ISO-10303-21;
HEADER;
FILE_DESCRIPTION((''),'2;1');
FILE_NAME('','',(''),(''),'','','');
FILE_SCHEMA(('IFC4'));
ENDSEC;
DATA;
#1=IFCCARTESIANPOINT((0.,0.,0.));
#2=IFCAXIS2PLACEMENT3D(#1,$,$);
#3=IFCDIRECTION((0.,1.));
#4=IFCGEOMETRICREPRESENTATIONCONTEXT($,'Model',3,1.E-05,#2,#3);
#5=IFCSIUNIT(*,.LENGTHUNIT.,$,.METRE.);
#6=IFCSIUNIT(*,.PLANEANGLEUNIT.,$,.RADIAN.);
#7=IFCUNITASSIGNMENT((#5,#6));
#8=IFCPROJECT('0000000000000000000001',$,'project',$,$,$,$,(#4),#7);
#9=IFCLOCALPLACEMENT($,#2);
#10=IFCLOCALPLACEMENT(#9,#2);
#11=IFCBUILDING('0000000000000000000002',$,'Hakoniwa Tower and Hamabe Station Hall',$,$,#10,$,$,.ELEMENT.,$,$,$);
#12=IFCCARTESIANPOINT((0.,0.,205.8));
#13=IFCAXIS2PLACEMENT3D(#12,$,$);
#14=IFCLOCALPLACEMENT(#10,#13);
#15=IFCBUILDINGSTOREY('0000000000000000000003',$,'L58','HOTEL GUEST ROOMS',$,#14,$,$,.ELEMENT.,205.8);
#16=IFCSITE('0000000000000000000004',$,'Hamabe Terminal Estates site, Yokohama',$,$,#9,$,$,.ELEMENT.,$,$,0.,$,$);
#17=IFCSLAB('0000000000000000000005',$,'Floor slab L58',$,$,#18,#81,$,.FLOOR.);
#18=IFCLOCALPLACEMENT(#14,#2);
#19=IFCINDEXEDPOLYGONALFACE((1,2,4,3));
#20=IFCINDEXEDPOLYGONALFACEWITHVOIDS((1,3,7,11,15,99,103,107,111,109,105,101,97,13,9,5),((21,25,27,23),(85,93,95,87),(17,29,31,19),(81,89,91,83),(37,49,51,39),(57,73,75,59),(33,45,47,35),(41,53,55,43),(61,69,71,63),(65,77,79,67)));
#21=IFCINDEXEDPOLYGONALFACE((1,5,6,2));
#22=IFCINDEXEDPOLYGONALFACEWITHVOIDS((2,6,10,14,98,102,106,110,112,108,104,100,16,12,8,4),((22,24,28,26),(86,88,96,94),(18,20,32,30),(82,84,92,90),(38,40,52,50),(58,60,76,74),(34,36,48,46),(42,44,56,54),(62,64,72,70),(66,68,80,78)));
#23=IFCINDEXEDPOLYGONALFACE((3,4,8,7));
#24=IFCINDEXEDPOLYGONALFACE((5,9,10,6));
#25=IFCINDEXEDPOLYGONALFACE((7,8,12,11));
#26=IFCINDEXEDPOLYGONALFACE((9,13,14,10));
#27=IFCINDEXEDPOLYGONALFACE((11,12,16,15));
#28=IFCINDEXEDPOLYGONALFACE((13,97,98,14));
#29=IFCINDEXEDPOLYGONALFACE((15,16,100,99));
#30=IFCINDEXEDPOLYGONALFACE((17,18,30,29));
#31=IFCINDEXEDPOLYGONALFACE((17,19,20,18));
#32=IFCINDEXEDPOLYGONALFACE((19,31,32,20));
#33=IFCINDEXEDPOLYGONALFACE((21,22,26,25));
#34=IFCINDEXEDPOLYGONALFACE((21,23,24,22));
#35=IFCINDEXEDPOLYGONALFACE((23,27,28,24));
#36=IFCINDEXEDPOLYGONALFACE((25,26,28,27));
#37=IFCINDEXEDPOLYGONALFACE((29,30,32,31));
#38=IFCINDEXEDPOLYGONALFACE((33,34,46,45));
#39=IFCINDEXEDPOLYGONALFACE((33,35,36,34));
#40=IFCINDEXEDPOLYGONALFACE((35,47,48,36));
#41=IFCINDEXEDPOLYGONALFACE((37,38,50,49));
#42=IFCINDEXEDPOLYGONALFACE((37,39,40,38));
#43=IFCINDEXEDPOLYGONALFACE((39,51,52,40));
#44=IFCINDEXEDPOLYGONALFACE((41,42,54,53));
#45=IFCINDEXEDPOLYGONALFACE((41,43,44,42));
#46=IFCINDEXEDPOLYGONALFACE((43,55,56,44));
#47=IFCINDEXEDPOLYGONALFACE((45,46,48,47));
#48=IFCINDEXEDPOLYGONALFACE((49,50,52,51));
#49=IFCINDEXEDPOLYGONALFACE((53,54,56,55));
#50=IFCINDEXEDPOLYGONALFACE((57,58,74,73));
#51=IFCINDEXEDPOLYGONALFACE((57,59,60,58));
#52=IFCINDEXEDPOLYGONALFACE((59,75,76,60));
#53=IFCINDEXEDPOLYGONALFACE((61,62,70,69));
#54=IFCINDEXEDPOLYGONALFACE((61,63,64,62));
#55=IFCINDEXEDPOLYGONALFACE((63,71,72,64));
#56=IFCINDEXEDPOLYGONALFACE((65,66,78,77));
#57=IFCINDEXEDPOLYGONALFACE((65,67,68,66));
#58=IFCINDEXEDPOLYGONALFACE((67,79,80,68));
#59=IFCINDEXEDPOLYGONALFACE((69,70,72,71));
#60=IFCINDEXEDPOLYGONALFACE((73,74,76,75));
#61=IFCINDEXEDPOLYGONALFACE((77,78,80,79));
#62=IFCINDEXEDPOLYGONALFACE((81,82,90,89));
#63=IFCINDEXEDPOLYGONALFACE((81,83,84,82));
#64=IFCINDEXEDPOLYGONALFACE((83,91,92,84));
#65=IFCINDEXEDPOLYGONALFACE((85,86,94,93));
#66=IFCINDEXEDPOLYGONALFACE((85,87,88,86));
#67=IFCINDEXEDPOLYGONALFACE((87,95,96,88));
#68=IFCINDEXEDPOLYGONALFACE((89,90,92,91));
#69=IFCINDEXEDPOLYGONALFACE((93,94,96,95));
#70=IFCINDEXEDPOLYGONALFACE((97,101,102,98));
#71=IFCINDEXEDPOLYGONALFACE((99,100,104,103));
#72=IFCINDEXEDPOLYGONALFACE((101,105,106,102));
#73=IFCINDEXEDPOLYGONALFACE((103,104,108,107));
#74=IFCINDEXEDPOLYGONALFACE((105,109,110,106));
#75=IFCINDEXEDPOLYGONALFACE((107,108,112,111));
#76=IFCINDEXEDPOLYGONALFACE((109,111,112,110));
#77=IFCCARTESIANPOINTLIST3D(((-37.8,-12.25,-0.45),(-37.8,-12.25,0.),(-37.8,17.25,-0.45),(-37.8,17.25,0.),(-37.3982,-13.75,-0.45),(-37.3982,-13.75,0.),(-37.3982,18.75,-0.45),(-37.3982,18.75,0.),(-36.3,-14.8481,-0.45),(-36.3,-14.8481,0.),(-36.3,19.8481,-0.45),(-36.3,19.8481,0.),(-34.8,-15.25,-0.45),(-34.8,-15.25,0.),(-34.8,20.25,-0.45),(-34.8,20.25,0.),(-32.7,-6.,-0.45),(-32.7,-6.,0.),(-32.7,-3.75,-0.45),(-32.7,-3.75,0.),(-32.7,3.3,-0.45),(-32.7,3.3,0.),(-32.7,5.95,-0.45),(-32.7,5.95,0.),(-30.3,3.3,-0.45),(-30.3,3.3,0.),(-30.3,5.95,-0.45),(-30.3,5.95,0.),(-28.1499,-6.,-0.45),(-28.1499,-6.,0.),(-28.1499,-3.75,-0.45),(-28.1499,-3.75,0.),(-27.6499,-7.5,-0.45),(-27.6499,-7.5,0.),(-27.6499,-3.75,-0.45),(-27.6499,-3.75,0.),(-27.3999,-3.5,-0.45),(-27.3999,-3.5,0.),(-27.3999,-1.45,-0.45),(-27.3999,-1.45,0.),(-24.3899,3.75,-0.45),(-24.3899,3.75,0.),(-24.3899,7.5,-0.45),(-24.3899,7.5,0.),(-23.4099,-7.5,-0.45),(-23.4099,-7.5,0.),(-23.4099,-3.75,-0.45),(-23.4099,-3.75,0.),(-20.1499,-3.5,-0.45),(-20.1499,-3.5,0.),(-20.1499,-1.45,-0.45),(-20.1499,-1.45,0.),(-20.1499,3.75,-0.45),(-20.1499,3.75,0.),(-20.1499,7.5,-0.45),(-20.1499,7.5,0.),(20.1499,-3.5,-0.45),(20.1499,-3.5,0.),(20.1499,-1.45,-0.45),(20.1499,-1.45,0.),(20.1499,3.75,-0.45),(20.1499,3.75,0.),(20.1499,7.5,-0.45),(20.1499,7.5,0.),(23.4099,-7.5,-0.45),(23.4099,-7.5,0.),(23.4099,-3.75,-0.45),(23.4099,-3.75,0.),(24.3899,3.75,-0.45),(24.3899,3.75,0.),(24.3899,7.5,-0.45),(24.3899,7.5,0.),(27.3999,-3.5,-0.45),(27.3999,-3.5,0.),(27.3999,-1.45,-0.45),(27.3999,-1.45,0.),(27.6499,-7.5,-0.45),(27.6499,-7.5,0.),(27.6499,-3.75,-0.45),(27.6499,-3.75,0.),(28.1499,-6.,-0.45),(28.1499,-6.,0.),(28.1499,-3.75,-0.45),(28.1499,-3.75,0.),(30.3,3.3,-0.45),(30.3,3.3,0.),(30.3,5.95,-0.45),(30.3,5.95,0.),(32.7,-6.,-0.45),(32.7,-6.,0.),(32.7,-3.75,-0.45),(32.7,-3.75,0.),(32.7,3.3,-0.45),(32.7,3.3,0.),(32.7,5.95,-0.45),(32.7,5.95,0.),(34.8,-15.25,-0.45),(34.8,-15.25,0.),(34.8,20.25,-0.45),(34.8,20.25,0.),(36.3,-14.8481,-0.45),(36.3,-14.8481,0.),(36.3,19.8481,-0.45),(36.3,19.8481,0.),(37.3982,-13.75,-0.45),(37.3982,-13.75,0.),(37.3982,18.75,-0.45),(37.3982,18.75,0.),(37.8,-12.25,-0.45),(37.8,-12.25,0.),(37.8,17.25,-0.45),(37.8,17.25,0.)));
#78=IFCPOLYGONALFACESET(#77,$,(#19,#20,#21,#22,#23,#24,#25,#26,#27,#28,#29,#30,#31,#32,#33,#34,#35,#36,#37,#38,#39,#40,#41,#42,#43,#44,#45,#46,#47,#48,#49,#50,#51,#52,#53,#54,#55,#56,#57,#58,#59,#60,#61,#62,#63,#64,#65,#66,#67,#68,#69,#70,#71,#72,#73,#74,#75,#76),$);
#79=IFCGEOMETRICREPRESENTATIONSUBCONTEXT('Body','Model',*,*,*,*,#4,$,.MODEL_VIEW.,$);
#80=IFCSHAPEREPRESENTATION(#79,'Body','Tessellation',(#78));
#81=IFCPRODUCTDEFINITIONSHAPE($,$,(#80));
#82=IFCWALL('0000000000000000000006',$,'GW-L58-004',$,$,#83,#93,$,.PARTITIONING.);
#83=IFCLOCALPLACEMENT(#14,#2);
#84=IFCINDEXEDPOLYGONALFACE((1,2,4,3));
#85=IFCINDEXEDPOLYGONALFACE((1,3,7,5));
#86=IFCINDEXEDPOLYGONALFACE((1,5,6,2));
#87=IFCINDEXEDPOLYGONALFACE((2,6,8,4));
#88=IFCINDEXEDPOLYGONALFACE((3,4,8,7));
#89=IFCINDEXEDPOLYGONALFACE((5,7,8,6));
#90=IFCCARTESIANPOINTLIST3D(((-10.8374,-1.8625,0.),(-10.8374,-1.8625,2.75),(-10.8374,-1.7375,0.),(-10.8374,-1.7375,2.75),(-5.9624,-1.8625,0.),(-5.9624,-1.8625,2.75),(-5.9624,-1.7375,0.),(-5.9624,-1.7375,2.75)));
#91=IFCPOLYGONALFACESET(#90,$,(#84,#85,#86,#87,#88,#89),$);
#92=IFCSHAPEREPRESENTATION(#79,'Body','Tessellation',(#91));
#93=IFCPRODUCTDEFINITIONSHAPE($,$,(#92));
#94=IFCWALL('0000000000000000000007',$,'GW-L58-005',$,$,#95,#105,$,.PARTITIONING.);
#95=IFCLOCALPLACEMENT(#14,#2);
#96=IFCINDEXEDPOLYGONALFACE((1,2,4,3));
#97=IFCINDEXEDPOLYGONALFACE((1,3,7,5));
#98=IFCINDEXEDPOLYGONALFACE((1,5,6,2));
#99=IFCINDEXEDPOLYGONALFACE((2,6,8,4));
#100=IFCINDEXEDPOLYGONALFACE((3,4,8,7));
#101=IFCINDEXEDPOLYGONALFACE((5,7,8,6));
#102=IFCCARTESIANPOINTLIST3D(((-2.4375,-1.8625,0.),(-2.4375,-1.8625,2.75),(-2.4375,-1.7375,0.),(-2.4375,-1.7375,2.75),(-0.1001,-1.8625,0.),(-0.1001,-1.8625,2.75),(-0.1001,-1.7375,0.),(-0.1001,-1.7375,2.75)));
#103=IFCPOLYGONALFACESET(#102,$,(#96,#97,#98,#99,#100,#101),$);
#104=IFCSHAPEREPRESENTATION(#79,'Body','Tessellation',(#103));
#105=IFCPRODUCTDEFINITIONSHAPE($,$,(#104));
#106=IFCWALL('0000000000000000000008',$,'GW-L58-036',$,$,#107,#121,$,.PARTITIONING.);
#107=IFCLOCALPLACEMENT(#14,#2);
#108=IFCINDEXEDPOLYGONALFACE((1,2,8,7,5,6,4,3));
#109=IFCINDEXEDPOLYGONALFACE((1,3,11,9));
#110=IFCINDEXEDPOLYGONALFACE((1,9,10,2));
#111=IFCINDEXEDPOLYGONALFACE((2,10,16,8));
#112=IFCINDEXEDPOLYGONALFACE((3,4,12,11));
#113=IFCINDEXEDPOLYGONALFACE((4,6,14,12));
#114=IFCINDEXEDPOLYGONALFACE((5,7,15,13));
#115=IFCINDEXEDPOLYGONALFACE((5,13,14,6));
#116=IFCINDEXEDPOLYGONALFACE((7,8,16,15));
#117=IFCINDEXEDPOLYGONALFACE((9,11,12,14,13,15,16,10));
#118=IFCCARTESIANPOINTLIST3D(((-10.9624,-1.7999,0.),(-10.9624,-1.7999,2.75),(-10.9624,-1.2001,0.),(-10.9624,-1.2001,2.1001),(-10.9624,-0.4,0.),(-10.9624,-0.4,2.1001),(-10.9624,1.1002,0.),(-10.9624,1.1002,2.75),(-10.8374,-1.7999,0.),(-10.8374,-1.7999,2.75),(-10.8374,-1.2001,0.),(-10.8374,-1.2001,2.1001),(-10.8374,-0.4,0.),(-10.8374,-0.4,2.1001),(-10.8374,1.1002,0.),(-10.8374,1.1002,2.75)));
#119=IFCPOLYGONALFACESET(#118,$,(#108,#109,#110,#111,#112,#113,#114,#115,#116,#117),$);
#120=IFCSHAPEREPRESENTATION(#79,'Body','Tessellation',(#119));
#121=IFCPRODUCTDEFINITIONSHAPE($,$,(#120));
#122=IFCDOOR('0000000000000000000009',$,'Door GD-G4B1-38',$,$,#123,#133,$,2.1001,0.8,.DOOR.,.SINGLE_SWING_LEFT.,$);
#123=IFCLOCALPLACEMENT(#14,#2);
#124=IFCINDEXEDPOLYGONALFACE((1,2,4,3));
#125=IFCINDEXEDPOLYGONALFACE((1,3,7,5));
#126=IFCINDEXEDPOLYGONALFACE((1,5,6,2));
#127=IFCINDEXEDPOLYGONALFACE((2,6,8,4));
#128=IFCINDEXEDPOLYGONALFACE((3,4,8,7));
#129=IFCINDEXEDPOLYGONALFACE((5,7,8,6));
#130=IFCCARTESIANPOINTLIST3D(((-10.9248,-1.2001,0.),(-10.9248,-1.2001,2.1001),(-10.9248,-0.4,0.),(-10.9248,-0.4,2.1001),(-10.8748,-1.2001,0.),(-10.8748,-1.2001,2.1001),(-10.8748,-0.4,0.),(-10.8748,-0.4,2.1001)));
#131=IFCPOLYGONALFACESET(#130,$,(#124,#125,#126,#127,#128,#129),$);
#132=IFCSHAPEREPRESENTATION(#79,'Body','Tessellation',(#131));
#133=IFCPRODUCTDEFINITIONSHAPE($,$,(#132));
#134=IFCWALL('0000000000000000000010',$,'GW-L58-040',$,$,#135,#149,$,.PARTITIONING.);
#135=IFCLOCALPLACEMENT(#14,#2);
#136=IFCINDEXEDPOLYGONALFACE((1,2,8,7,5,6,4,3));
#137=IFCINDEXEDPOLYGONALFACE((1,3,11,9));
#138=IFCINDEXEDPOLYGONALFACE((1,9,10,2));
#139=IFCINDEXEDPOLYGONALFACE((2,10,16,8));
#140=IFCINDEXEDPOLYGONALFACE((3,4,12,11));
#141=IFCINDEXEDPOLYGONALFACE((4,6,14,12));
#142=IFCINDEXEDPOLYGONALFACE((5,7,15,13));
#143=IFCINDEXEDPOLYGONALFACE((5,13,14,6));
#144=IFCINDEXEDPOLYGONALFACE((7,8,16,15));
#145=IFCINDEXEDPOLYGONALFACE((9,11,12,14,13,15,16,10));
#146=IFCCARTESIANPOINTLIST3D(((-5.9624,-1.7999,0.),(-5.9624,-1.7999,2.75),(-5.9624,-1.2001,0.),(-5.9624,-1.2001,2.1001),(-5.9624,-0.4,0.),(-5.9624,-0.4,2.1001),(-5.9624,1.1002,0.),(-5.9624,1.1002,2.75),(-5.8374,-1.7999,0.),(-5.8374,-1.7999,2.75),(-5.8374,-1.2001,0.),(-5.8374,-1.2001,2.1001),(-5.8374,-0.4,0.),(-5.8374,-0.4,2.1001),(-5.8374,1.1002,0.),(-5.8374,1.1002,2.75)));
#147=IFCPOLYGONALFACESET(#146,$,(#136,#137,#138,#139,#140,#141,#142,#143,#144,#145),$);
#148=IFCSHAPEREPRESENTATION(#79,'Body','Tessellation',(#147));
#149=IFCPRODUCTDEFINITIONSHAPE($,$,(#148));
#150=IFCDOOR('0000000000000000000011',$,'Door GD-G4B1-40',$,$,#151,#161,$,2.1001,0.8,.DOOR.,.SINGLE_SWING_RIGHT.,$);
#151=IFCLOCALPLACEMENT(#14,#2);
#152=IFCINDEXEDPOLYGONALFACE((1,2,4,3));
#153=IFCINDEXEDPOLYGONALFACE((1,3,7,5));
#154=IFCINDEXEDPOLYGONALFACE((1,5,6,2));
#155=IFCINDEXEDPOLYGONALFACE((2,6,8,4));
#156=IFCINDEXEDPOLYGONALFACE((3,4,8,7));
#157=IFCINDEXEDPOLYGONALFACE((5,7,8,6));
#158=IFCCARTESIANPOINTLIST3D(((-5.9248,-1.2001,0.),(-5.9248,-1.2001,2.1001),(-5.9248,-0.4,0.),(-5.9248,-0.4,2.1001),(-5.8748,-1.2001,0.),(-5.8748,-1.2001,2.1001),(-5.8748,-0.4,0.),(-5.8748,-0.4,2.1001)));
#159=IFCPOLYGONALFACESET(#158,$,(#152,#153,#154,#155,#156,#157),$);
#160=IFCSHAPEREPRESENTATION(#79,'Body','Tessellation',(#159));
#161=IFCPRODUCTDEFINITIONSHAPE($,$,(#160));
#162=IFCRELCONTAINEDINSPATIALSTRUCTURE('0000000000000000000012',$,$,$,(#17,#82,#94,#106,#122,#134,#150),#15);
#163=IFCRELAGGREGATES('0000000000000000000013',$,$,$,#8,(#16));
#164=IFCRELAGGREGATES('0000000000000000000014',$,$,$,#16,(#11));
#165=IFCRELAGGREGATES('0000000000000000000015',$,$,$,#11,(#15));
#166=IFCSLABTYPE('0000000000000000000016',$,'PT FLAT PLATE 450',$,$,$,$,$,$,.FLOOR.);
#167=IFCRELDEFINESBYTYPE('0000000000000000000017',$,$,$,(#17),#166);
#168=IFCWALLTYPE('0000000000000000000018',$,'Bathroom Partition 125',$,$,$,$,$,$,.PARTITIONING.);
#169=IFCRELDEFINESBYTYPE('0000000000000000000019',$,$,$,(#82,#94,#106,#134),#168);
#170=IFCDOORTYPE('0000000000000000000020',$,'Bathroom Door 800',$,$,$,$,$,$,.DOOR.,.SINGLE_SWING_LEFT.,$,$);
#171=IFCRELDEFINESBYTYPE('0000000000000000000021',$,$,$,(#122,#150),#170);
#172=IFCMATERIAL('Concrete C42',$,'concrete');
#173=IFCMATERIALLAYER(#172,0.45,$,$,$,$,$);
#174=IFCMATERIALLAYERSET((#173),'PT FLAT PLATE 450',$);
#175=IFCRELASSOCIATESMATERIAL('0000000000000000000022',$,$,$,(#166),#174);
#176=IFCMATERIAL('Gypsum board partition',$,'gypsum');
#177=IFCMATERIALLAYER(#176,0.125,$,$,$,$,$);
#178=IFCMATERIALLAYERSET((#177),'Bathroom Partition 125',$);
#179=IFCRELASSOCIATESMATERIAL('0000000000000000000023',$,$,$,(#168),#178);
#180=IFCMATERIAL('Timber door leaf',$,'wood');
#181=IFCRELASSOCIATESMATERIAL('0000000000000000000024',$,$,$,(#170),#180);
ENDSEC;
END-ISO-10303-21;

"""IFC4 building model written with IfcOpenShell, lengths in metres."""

from ifc_helpers import new_model, si_unit, direction, frame, frame_2d, origin, place, context, subcontext, project, spatial, polyline, rectangle, outline, extrude, material, layer, layer_set, type_object, element, fill, save


model = new_model("IFC4")

# Units and contexts
model_context = context("Model", 3, precision=1e-05, world=origin(), true_north=direction((0.0, 1.0)))
body_context = subcontext(model_context, "Body", "Model", "MODEL_VIEW")
ifc_project = project(units=[si_unit("LENGTHUNIT", "METRE"), si_unit("PLANEANGLEUNIT", "RADIAN")], contexts=[model_context])

# Site, building, storey
site_placement = place(None, origin())
site = spatial("IfcSite", under=ifc_project, at=site_placement, Name="Hamabe Terminal Estates site, Yokohama", CompositionType="ELEMENT", RefElevation=0.0)
building_placement = place(site_placement, origin())
building = spatial("IfcBuilding", under=site, at=building_placement, Name="Hakoniwa Tower and Hamabe Station Hall", CompositionType="ELEMENT")
storey_placement = place(building_placement, frame((0.0, 0.0, 205.8)))
storey = spatial("IfcBuildingStorey", under=building, at=storey_placement, Name="L58", Description="HOTEL GUEST ROOMS", CompositionType="ELEMENT", Elevation=205.8)

# Slab
ifc_material_1 = material(Name="Concrete C42", Category="concrete")
ifc_layer_1 = layer(ifc_material_1, 0.45)
ifc_layer_set_1 = layer_set([ifc_layer_1], Name="PT FLAT PLATE 450")
slab_type = type_object("IfcSlabType", Name="PT FLAT PLATE 450", PredefinedType="FLOOR", material=ifc_layer_set_1)
slab_placement = place(storey_placement, frame((0.0, 0.0, -0.45)))
element("IfcSlab", 1, at=slab_placement, inside=storey, type_object=slab_type, Name="Floor slab L58", PredefinedType="FLOOR", context=body_context, shape_type="SweptSolid", body=[
    extrude(outline(polyline([(37.8, -12.25), (37.8, 17.25), (37.3982, 18.75), (36.3, 19.8481), (34.8, 20.25), (-34.8, 20.25), (-36.3, 19.8481), (-37.3982, 18.75), (-37.8, 17.25), (-37.8, -12.25), (-37.3982, -13.75), (-36.3, -14.8481), (-34.8, -15.25), (34.8, -15.25), (36.3, -14.8481), (37.3982, -13.75), (37.8, -12.25)]), holes=[polyline([(-27.3999, -3.5), (-27.3999, -1.45), (-20.1499, -1.45), (-20.1499, -3.5), (-27.3999, -3.5)]), polyline([(-32.7, 3.3), (-32.7, 5.95), (-30.3, 5.95), (-30.3, 3.3), (-32.7, 3.3)]), polyline([(-32.7, -6.0), (-32.7, -3.75), (-28.1499, -3.75), (-28.1499, -6.0), (-32.7, -6.0)]), polyline([(-24.3899, 3.75), (-24.3899, 7.5), (-20.1499, 7.5), (-20.1499, 3.75), (-24.3899, 3.75)]), polyline([(-27.6499, -7.5), (-27.6499, -3.75), (-23.4099, -3.75), (-23.4099, -7.5), (-27.6499, -7.5)]), polyline([(20.1499, -3.5), (20.1499, -1.45), (27.3999, -1.45), (27.3999, -3.5), (20.1499, -3.5)]), polyline([(30.3, 3.3), (30.3, 5.95), (32.7, 5.95), (32.7, 3.3), (30.3, 3.3)]), polyline([(28.1499, -6.0), (28.1499, -3.75), (32.7, -3.75), (32.7, -6.0), (28.1499, -6.0)]), polyline([(20.1499, 3.75), (20.1499, 7.5), (24.3899, 7.5), (24.3899, 3.75), (20.1499, 3.75)]), polyline([(23.4099, -7.5), (23.4099, -3.75), (27.6499, -3.75), (27.6499, -7.5), (23.4099, -7.5)])]), origin(), (0.0, 0.0, 1.0), 0.45),
])

# Walls
ifc_material_2 = material(Name="Gypsum board partition", Category="gypsum")
ifc_layer_2 = layer(ifc_material_2, 0.125)
ifc_layer_set_2 = layer_set([ifc_layer_2], Name="Bathroom Partition 125")
wall_type_1 = type_object("IfcWallType", Name="Bathroom Partition 125", PredefinedType="PARTITIONING", material=ifc_layer_set_2)
wall_1_placement = place(storey_placement, frame((-10.8374, -1.8, 0.0), z_axis=(0.0, 0.0, 1.0), x_axis=(1.0, 0.0, 0.0)))
element("IfcWall", 2, at=wall_1_placement, inside=storey, type_object=wall_type_1, Name="GW-L58-004", PredefinedType="PARTITIONING", context=body_context, shape_type="SweptSolid", body=[
    extrude(rectangle(XDim=4.875, YDim=0.125, at=frame_2d((2.4375, 0.0))), origin(), (0.0, 0.0, 1.0), 2.75),
])
wall_2_placement = place(storey_placement, frame((-2.4375, -1.8, 0.0), z_axis=(0.0, 0.0, 1.0), x_axis=(1.0, 0.0, 0.0)))
element("IfcWall", 3, at=wall_2_placement, inside=storey, type_object=wall_type_1, Name="GW-L58-005", PredefinedType="PARTITIONING", context=body_context, shape_type="SweptSolid", body=[
    extrude(rectangle(XDim=2.3374, YDim=0.125, at=frame_2d((1.1687, 0.0))), origin(), (0.0, 0.0, 1.0), 2.75),
])

# Walls, openings, doors
wall_3_placement = place(storey_placement, frame((-10.8999, -1.8, 0.0), z_axis=(0.0, 0.0, 1.0), x_axis=(0.0, 1.0, 0.0)))
wall_3 = element("IfcWall", 4, at=wall_3_placement, inside=storey, type_object=wall_type_1, Name="GW-L58-036", PredefinedType="PARTITIONING", context=body_context, shape_type="SweptSolid", body=[
    extrude(rectangle(XDim=2.9001, YDim=0.125, at=frame_2d((1.4502, 0.0))), origin(), (0.0, 0.0, 1.0), 2.75),
])
opening_1_placement = place(wall_3_placement, frame((0.6001, 0.0, 0.0)))
opening_1 = element("IfcOpeningElement", 5, at=opening_1_placement, cuts=wall_3, PredefinedType="OPENING", context=body_context, shape_type="SweptSolid", body=[
    extrude(rectangle(XDim=0.8, YDim=2.1001, at=frame_2d((0.3999, 1.05))), frame((0.0, 0.0725, 0.0), z_axis=(0.0, -1.0, 0.0), x_axis=(1.0, 0.0, 0.0)), (0.0, 0.0, 1.0), 0.145),
])
ifc_material_3 = material(Name="Timber door leaf", Category="wood")
door_type_1 = type_object("IfcDoorType", Name="Bathroom Door 800", OperationType="SINGLE_SWING_LEFT", PredefinedType="DOOR", material=ifc_material_3)
door_1_placement = place(opening_1_placement, origin())
door_1 = element("IfcDoor", 6, at=door_1_placement, inside=storey, type_object=door_type_1, Name="Door GD-G4B1-38", OperationType="SINGLE_SWING_LEFT", OverallHeight=2.1001, OverallWidth=0.8, PredefinedType="DOOR", context=body_context, shape_type="SweptSolid", body=[
    extrude(rectangle(XDim=0.8, YDim=2.1001, at=frame_2d((0.3999, 1.05))), frame((0.0, 0.0249, 0.0), z_axis=(0.0, -1.0, 0.0), x_axis=(1.0, 0.0, 0.0)), (0.0, 0.0, 1.0), 0.05),
])
fill(opening_1, door_1)
wall_4_placement = place(storey_placement, frame((-5.8999, -1.8, 0.0), z_axis=(0.0, 0.0, 1.0), x_axis=(0.0, 1.0, 0.0)))
wall_4 = element("IfcWall", 7, at=wall_4_placement, inside=storey, type_object=wall_type_1, Name="GW-L58-040", PredefinedType="PARTITIONING", context=body_context, shape_type="SweptSolid", body=[
    extrude(rectangle(XDim=2.9001, YDim=0.125, at=frame_2d((1.4502, 0.0))), origin(), (0.0, 0.0, 1.0), 2.75),
])
opening_2_placement = place(wall_4_placement, frame((0.6001, 0.0, 0.0)))
opening_2 = element("IfcOpeningElement", 8, at=opening_2_placement, cuts=wall_4, PredefinedType="OPENING", context=body_context, shape_type="SweptSolid", body=[
    extrude(rectangle(XDim=0.8, YDim=2.1001, at=frame_2d((0.3999, 1.05))), frame((0.0, 0.0725, 0.0), z_axis=(0.0, -1.0, 0.0), x_axis=(1.0, 0.0, 0.0)), (0.0, 0.0, 1.0), 0.145),
])
door_2_placement = place(opening_2_placement, origin())
door_2 = element("IfcDoor", 9, at=door_2_placement, inside=storey, type_object=door_type_1, Name="Door GD-G4B1-40", OperationType="SINGLE_SWING_RIGHT", OverallHeight=2.1001, OverallWidth=0.8, PredefinedType="DOOR", context=body_context, shape_type="SweptSolid", body=[
    extrude(rectangle(XDim=0.8, YDim=2.1001, at=frame_2d((0.3999, 1.05))), frame((0.0, 0.0249, 0.0), z_axis=(0.0, -1.0, 0.0), x_axis=(1.0, 0.0, 0.0)), (0.0, 0.0, 1.0), 0.05),
])
fill(opening_2, door_2)

save(model, "model.ifc")
